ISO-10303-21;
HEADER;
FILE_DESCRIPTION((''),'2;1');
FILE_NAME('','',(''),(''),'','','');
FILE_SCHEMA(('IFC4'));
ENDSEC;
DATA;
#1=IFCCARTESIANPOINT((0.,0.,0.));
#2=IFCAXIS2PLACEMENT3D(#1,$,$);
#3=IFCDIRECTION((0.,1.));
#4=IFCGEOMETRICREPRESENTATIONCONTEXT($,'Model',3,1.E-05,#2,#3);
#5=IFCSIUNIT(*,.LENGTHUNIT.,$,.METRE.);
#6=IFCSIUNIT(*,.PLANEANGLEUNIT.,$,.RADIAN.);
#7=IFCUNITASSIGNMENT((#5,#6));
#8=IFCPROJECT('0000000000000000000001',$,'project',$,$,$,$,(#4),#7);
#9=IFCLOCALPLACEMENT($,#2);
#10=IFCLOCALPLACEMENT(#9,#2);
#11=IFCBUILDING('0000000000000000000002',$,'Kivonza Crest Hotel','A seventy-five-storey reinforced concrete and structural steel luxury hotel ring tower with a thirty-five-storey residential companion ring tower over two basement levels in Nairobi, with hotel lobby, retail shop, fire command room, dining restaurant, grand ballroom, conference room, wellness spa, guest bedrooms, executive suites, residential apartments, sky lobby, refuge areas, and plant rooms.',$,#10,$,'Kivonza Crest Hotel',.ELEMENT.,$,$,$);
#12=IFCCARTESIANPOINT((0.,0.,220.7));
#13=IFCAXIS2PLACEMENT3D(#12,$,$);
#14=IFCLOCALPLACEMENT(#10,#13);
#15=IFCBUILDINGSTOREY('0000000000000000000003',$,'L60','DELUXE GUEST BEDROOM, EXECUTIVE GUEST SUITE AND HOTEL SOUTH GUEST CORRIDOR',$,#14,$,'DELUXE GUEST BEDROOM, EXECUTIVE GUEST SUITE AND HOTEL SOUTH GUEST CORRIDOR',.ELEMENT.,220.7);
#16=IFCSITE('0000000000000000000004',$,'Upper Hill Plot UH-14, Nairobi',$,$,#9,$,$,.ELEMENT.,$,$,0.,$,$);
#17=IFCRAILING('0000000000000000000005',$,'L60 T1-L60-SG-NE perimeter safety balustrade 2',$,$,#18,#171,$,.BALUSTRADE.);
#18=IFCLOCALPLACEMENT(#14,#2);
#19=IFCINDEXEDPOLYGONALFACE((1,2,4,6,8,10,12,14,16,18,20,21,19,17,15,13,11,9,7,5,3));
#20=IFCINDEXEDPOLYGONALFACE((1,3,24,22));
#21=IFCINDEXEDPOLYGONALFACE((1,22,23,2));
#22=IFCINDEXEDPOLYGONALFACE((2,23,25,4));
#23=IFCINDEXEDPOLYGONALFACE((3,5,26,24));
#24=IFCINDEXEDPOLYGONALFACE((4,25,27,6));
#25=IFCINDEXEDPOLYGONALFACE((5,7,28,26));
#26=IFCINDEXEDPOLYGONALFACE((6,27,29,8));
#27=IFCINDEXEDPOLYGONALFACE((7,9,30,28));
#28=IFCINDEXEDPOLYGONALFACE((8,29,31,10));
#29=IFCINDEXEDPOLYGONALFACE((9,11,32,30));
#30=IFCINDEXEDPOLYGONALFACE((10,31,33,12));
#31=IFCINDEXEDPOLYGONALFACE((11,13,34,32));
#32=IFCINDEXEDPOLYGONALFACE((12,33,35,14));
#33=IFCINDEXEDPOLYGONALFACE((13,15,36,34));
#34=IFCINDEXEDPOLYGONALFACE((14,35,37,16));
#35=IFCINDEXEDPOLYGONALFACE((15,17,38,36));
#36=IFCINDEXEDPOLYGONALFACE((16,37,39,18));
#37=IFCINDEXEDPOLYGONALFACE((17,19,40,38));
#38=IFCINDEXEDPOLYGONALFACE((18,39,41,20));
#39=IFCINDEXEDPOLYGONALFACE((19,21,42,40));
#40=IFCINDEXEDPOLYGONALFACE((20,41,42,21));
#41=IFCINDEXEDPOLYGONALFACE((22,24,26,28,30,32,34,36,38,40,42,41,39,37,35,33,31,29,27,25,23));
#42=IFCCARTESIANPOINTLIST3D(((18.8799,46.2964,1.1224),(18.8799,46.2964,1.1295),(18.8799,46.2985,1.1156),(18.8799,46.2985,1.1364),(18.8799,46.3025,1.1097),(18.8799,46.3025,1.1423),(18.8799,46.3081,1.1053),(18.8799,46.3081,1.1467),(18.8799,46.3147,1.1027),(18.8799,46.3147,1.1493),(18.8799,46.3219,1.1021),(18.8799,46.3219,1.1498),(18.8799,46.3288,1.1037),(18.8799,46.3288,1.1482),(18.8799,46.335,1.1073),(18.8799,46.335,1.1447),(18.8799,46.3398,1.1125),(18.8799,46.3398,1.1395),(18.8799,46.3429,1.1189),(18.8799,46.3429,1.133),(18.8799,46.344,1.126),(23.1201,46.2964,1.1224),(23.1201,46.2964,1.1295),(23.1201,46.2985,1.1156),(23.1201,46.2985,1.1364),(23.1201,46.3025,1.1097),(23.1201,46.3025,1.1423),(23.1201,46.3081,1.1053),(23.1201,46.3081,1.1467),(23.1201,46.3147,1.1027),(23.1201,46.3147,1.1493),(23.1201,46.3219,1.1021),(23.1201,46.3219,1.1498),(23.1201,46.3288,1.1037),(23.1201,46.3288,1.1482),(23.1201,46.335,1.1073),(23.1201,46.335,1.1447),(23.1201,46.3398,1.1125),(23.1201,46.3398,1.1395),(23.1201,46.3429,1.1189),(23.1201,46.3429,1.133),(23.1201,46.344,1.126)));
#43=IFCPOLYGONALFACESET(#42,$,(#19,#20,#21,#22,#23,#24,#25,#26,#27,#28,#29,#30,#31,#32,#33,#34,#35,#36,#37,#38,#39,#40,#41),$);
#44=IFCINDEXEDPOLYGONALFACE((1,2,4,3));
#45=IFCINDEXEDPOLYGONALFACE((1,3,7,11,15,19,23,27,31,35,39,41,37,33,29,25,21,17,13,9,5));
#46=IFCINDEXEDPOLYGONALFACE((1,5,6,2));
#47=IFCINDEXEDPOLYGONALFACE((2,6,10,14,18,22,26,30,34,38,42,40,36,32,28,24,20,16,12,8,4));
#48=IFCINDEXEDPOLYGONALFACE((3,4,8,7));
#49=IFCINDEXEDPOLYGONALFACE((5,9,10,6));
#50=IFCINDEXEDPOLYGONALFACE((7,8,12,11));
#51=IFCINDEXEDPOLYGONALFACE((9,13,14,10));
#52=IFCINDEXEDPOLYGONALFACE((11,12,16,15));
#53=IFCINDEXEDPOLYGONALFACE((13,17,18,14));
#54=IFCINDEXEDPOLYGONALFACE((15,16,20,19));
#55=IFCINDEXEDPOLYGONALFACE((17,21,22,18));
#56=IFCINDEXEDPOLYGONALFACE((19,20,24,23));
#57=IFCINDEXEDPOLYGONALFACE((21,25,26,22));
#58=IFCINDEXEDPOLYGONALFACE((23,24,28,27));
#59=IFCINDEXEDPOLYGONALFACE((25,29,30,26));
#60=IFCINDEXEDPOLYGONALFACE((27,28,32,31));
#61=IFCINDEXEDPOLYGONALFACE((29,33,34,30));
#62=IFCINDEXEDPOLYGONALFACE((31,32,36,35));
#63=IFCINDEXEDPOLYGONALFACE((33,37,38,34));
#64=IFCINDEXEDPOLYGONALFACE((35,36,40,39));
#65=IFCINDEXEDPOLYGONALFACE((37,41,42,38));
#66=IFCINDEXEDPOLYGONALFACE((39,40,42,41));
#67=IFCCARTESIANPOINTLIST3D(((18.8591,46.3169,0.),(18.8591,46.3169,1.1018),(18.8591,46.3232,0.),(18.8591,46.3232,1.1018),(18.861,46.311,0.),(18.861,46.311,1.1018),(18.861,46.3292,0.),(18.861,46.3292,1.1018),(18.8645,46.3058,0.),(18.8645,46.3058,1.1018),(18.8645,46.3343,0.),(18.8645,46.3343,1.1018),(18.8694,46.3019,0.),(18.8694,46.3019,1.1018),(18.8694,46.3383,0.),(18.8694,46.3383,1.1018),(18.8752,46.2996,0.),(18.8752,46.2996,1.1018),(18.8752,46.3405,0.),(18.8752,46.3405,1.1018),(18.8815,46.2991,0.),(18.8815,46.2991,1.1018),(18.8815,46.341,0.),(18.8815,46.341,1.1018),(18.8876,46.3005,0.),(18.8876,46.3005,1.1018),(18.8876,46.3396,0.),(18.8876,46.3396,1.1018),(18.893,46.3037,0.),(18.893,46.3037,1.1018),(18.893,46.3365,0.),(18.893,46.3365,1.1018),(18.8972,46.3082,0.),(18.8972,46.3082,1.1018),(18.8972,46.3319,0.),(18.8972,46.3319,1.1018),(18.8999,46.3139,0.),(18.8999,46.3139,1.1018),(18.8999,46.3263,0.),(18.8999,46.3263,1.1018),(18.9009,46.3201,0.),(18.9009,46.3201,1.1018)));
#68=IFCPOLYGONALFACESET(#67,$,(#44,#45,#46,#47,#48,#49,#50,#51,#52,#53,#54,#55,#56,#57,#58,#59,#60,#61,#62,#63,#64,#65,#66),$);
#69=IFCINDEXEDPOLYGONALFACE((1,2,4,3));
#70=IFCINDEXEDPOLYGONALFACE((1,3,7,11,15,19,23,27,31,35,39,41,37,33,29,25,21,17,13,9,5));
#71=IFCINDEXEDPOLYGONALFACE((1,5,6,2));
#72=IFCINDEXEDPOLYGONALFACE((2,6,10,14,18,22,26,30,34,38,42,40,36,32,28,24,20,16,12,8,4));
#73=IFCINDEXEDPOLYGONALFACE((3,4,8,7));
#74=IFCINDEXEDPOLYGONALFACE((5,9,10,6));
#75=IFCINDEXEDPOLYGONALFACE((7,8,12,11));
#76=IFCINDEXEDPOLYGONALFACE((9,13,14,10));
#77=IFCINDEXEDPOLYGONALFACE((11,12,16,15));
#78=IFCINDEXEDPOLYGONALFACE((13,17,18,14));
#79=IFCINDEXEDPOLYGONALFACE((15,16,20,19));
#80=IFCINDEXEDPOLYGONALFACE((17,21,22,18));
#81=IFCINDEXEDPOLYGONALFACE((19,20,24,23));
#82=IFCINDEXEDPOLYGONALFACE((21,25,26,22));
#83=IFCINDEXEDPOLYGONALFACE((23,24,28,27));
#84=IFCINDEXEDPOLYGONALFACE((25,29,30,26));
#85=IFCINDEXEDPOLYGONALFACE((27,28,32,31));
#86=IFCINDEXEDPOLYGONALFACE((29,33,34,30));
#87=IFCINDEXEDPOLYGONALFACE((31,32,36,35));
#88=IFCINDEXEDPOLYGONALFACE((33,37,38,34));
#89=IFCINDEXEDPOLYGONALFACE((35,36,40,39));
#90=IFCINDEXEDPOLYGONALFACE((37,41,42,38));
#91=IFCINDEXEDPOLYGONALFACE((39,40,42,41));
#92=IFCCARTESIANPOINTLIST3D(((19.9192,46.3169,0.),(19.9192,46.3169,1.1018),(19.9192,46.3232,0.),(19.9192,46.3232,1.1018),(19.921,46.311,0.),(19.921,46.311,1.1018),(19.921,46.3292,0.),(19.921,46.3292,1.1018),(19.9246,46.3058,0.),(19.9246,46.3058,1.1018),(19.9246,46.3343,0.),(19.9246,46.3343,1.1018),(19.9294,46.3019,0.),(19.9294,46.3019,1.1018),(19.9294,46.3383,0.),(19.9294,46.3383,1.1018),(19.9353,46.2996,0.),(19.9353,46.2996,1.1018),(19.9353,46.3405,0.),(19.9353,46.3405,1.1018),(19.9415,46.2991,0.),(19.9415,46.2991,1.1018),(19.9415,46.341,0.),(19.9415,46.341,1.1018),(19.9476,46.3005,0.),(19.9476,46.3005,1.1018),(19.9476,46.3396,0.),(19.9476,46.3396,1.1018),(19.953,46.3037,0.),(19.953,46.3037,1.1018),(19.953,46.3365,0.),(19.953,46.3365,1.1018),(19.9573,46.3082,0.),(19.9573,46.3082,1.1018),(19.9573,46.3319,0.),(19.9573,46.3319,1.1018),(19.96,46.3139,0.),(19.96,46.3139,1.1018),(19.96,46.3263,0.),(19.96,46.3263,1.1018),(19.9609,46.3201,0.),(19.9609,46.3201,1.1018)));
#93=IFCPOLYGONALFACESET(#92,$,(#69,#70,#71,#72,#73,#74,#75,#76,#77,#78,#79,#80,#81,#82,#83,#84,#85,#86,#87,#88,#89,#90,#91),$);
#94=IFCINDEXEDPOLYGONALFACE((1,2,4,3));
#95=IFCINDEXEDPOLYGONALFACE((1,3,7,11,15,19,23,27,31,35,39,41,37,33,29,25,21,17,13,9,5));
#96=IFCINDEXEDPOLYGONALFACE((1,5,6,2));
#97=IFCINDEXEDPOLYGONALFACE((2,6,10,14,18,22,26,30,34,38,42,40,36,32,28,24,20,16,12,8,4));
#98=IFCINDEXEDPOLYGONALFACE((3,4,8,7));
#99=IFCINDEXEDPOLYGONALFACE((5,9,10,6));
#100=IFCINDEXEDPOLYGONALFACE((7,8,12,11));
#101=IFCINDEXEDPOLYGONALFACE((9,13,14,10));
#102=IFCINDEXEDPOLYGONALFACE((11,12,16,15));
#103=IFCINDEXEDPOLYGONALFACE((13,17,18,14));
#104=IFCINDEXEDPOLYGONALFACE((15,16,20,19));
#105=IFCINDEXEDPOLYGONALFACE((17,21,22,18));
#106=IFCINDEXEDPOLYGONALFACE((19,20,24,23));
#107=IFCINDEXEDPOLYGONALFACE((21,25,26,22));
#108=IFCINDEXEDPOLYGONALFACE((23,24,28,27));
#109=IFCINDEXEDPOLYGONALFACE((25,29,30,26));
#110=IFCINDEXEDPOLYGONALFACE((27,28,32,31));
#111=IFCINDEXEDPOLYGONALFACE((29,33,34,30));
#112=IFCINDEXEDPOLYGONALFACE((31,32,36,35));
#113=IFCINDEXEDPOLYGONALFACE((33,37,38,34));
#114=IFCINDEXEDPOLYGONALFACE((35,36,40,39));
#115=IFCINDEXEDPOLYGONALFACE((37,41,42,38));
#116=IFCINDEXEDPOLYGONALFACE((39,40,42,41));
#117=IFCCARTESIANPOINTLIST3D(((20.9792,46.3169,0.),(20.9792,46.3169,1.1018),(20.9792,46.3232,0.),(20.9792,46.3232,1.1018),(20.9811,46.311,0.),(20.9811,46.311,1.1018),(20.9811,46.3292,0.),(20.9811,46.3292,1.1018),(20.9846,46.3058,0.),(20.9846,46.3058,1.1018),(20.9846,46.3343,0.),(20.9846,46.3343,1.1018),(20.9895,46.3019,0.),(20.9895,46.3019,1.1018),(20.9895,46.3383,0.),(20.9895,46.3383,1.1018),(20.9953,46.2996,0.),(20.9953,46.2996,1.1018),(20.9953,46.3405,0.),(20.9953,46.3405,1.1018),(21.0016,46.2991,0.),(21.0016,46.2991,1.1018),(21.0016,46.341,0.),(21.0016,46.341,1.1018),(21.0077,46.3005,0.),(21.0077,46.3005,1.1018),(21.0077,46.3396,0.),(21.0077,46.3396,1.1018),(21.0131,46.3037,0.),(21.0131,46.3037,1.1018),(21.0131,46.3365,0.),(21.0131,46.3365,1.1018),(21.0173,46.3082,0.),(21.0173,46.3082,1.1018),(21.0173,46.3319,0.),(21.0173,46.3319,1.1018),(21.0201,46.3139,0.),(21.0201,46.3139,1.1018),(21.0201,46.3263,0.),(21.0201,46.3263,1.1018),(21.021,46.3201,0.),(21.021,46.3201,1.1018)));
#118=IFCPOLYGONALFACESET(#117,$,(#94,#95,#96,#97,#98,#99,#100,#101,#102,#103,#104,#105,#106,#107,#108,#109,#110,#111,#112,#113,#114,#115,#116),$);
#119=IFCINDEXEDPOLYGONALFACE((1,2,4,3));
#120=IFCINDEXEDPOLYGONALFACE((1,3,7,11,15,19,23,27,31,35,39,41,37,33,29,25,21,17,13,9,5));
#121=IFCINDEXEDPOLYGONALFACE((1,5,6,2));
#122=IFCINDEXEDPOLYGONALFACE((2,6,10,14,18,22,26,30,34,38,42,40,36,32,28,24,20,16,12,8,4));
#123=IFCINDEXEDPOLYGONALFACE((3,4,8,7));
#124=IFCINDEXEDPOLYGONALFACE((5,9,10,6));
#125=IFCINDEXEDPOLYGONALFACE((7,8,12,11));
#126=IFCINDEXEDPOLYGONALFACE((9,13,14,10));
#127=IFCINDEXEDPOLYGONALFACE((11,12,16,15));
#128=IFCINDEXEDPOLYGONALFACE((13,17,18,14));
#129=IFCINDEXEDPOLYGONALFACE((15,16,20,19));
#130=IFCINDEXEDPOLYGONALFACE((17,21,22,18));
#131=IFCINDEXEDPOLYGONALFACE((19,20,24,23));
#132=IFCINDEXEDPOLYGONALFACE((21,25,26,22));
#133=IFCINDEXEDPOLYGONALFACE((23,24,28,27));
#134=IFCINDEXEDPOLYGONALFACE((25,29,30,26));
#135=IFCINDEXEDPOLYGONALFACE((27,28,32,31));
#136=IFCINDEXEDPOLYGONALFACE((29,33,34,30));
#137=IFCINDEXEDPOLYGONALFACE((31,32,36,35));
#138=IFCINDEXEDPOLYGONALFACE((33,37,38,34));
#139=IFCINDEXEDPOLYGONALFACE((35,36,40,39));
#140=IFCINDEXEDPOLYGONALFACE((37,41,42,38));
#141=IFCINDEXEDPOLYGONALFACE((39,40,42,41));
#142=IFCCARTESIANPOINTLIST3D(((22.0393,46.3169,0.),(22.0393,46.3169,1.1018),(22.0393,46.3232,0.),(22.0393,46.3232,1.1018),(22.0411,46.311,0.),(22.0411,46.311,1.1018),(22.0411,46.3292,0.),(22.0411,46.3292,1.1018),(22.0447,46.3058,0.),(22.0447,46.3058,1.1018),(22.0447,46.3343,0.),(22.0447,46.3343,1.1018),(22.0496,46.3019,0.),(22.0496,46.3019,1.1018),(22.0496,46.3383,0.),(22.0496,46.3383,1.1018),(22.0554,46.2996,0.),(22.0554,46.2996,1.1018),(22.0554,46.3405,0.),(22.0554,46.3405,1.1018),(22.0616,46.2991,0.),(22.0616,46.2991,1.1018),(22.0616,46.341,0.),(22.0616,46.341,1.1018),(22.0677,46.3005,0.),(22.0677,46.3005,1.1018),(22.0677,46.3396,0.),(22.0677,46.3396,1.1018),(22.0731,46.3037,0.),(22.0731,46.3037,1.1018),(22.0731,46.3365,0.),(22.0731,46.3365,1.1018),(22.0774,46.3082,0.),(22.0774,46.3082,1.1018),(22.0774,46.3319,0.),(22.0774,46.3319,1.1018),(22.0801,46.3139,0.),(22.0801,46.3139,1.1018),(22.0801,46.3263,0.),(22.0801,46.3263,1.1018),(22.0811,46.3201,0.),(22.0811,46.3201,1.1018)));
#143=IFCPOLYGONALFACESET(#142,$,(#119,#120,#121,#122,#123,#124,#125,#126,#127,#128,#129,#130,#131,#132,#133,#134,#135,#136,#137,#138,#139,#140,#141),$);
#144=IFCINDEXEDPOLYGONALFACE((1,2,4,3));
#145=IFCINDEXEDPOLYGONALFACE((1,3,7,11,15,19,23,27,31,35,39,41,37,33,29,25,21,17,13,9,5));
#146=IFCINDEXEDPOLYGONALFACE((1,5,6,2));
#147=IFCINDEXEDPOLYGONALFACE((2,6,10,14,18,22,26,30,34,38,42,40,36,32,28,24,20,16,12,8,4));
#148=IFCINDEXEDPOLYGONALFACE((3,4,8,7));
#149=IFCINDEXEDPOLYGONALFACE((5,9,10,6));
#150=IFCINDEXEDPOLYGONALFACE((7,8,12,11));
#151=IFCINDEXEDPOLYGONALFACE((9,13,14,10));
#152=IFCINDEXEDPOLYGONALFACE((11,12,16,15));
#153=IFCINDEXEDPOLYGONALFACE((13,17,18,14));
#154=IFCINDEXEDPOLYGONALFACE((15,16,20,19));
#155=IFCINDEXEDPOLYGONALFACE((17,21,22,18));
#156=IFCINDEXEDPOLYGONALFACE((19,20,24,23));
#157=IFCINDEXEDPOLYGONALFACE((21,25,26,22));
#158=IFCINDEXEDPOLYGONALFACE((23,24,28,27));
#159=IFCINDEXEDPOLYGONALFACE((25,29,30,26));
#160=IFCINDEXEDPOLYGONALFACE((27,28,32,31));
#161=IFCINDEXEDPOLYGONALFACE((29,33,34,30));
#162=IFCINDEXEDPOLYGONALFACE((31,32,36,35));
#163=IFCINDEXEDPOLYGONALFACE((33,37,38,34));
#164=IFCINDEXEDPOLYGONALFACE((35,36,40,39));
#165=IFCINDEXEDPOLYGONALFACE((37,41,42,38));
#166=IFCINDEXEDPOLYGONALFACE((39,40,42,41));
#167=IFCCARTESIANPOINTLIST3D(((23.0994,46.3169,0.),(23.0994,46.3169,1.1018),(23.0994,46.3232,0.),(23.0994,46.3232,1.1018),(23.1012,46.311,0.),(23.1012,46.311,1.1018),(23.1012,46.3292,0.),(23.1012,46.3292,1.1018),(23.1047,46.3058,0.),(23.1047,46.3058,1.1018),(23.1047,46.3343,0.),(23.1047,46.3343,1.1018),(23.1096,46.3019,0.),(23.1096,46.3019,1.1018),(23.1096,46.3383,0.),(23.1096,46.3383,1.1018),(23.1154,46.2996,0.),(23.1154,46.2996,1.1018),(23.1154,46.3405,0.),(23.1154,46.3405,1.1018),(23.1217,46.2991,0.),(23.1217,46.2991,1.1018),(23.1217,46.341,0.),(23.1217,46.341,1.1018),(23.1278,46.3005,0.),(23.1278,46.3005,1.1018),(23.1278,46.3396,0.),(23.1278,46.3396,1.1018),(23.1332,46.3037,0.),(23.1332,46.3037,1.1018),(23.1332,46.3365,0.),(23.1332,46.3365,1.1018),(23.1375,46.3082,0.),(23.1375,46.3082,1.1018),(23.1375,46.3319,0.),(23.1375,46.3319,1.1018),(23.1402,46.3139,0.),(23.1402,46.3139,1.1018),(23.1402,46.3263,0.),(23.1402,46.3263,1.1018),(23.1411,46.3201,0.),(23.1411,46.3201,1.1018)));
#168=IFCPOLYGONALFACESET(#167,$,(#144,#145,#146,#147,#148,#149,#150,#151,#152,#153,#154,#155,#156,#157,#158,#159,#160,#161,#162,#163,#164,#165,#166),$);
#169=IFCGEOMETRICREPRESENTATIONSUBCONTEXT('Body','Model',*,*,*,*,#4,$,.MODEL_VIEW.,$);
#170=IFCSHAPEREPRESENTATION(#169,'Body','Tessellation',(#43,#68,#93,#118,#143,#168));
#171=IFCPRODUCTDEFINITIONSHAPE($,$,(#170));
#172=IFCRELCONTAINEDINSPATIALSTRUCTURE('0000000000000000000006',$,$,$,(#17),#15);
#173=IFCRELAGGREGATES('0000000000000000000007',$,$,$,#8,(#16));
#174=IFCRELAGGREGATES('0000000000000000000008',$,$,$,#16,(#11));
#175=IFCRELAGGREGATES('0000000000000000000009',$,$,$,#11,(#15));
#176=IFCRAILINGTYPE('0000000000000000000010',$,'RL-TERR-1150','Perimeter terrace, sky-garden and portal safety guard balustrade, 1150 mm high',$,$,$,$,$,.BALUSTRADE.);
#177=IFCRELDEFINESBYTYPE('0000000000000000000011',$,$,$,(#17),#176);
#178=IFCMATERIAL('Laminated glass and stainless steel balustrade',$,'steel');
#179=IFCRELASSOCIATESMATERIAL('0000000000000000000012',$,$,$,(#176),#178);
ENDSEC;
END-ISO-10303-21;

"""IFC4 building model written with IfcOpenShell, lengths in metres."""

from ifc_helpers import new_model, si_unit, direction, frame, origin, origin_2d, place, context, subcontext, project, spatial, circle, extrude, material, type_object, element, save


model = new_model("IFC4")

# Units and contexts
model_context = context("Model", 3, precision=1e-05, world=origin(), true_north=direction((0.0, 1.0)))
body_context = subcontext(model_context, "Body", "Model", "MODEL_VIEW")
ifc_project = project(units=[si_unit("LENGTHUNIT", "METRE"), si_unit("PLANEANGLEUNIT", "RADIAN")], contexts=[model_context])

# Site, building, storey
site_placement = place(None, origin())
site = spatial("IfcSite", under=ifc_project, at=site_placement, Name="Upper Hill Plot UH-14, Nairobi", CompositionType="ELEMENT", RefElevation=0.0)
building_placement = place(site_placement, origin())
building = spatial("IfcBuilding", under=site, at=building_placement, Name="Kivonza Crest Hotel", Description="A seventy-five-storey reinforced concrete and structural steel luxury hotel ring tower with a thirty-five-storey residential companion ring tower over two basement levels in Nairobi, with hotel lobby, retail shop, fire command room, dining restaurant, grand ballroom, conference room, wellness spa, guest bedrooms, executive suites, residential apartments, sky lobby, refuge areas, and plant rooms.", LongName="Kivonza Crest Hotel", CompositionType="ELEMENT")
storey_placement = place(building_placement, frame((0.0, 0.0, 220.7)))
storey = spatial("IfcBuildingStorey", under=building, at=storey_placement, Name="L60", Description="DELUXE GUEST BEDROOM, EXECUTIVE GUEST SUITE AND HOTEL SOUTH GUEST CORRIDOR", LongName="DELUXE GUEST BEDROOM, EXECUTIVE GUEST SUITE AND HOTEL SOUTH GUEST CORRIDOR", CompositionType="ELEMENT", Elevation=220.7)

# Railing
ifc_material_1 = material(Name="Laminated glass and stainless steel balustrade", Category="steel")
railing_type = type_object("IfcRailingType", Name="RL-TERR-1150", Description="Perimeter terrace, sky-garden and portal safety guard balustrade, 1150 mm high", PredefinedType="BALUSTRADE", material=ifc_material_1)
railing_1_placement = place(storey_placement, frame((18.8799, 46.3201, 0.0)))
element("IfcRailing", 1, at=railing_1_placement, inside=storey, type_object=railing_type, Name="L60 T1-L60-SG-NE perimeter safety balustrade 2", PredefinedType="BALUSTRADE", context=body_context, shape_type="SweptSolid", body=[
    extrude(circle(Radius=0.0239, at=origin_2d()), frame((0.0, 0.0, 1.126), z_axis=(1.0, 0.0, 0.0), x_axis=(0.0, 1.0, 0.0)), (0.0, 0.0, 1.0), 4.2402),
    extrude(circle(Radius=0.021, at=origin_2d()), origin(), (0.0, 0.0, 1.0), 1.1018),
    extrude(circle(Radius=0.021, at=origin_2d()), frame((1.0601, 0.0, 0.0)), (0.0, 0.0, 1.0), 1.1018),
    extrude(circle(Radius=0.021, at=origin_2d()), frame((2.1201, 0.0, 0.0)), (0.0, 0.0, 1.0), 1.1018),
    extrude(circle(Radius=0.021, at=origin_2d()), frame((3.1802, 0.0, 0.0)), (0.0, 0.0, 1.0), 1.1018),
    extrude(circle(Radius=0.021, at=origin_2d()), frame((4.2402, 0.0, 0.0)), (0.0, 0.0, 1.0), 1.1018),
])

save(model, "model.ifc")
